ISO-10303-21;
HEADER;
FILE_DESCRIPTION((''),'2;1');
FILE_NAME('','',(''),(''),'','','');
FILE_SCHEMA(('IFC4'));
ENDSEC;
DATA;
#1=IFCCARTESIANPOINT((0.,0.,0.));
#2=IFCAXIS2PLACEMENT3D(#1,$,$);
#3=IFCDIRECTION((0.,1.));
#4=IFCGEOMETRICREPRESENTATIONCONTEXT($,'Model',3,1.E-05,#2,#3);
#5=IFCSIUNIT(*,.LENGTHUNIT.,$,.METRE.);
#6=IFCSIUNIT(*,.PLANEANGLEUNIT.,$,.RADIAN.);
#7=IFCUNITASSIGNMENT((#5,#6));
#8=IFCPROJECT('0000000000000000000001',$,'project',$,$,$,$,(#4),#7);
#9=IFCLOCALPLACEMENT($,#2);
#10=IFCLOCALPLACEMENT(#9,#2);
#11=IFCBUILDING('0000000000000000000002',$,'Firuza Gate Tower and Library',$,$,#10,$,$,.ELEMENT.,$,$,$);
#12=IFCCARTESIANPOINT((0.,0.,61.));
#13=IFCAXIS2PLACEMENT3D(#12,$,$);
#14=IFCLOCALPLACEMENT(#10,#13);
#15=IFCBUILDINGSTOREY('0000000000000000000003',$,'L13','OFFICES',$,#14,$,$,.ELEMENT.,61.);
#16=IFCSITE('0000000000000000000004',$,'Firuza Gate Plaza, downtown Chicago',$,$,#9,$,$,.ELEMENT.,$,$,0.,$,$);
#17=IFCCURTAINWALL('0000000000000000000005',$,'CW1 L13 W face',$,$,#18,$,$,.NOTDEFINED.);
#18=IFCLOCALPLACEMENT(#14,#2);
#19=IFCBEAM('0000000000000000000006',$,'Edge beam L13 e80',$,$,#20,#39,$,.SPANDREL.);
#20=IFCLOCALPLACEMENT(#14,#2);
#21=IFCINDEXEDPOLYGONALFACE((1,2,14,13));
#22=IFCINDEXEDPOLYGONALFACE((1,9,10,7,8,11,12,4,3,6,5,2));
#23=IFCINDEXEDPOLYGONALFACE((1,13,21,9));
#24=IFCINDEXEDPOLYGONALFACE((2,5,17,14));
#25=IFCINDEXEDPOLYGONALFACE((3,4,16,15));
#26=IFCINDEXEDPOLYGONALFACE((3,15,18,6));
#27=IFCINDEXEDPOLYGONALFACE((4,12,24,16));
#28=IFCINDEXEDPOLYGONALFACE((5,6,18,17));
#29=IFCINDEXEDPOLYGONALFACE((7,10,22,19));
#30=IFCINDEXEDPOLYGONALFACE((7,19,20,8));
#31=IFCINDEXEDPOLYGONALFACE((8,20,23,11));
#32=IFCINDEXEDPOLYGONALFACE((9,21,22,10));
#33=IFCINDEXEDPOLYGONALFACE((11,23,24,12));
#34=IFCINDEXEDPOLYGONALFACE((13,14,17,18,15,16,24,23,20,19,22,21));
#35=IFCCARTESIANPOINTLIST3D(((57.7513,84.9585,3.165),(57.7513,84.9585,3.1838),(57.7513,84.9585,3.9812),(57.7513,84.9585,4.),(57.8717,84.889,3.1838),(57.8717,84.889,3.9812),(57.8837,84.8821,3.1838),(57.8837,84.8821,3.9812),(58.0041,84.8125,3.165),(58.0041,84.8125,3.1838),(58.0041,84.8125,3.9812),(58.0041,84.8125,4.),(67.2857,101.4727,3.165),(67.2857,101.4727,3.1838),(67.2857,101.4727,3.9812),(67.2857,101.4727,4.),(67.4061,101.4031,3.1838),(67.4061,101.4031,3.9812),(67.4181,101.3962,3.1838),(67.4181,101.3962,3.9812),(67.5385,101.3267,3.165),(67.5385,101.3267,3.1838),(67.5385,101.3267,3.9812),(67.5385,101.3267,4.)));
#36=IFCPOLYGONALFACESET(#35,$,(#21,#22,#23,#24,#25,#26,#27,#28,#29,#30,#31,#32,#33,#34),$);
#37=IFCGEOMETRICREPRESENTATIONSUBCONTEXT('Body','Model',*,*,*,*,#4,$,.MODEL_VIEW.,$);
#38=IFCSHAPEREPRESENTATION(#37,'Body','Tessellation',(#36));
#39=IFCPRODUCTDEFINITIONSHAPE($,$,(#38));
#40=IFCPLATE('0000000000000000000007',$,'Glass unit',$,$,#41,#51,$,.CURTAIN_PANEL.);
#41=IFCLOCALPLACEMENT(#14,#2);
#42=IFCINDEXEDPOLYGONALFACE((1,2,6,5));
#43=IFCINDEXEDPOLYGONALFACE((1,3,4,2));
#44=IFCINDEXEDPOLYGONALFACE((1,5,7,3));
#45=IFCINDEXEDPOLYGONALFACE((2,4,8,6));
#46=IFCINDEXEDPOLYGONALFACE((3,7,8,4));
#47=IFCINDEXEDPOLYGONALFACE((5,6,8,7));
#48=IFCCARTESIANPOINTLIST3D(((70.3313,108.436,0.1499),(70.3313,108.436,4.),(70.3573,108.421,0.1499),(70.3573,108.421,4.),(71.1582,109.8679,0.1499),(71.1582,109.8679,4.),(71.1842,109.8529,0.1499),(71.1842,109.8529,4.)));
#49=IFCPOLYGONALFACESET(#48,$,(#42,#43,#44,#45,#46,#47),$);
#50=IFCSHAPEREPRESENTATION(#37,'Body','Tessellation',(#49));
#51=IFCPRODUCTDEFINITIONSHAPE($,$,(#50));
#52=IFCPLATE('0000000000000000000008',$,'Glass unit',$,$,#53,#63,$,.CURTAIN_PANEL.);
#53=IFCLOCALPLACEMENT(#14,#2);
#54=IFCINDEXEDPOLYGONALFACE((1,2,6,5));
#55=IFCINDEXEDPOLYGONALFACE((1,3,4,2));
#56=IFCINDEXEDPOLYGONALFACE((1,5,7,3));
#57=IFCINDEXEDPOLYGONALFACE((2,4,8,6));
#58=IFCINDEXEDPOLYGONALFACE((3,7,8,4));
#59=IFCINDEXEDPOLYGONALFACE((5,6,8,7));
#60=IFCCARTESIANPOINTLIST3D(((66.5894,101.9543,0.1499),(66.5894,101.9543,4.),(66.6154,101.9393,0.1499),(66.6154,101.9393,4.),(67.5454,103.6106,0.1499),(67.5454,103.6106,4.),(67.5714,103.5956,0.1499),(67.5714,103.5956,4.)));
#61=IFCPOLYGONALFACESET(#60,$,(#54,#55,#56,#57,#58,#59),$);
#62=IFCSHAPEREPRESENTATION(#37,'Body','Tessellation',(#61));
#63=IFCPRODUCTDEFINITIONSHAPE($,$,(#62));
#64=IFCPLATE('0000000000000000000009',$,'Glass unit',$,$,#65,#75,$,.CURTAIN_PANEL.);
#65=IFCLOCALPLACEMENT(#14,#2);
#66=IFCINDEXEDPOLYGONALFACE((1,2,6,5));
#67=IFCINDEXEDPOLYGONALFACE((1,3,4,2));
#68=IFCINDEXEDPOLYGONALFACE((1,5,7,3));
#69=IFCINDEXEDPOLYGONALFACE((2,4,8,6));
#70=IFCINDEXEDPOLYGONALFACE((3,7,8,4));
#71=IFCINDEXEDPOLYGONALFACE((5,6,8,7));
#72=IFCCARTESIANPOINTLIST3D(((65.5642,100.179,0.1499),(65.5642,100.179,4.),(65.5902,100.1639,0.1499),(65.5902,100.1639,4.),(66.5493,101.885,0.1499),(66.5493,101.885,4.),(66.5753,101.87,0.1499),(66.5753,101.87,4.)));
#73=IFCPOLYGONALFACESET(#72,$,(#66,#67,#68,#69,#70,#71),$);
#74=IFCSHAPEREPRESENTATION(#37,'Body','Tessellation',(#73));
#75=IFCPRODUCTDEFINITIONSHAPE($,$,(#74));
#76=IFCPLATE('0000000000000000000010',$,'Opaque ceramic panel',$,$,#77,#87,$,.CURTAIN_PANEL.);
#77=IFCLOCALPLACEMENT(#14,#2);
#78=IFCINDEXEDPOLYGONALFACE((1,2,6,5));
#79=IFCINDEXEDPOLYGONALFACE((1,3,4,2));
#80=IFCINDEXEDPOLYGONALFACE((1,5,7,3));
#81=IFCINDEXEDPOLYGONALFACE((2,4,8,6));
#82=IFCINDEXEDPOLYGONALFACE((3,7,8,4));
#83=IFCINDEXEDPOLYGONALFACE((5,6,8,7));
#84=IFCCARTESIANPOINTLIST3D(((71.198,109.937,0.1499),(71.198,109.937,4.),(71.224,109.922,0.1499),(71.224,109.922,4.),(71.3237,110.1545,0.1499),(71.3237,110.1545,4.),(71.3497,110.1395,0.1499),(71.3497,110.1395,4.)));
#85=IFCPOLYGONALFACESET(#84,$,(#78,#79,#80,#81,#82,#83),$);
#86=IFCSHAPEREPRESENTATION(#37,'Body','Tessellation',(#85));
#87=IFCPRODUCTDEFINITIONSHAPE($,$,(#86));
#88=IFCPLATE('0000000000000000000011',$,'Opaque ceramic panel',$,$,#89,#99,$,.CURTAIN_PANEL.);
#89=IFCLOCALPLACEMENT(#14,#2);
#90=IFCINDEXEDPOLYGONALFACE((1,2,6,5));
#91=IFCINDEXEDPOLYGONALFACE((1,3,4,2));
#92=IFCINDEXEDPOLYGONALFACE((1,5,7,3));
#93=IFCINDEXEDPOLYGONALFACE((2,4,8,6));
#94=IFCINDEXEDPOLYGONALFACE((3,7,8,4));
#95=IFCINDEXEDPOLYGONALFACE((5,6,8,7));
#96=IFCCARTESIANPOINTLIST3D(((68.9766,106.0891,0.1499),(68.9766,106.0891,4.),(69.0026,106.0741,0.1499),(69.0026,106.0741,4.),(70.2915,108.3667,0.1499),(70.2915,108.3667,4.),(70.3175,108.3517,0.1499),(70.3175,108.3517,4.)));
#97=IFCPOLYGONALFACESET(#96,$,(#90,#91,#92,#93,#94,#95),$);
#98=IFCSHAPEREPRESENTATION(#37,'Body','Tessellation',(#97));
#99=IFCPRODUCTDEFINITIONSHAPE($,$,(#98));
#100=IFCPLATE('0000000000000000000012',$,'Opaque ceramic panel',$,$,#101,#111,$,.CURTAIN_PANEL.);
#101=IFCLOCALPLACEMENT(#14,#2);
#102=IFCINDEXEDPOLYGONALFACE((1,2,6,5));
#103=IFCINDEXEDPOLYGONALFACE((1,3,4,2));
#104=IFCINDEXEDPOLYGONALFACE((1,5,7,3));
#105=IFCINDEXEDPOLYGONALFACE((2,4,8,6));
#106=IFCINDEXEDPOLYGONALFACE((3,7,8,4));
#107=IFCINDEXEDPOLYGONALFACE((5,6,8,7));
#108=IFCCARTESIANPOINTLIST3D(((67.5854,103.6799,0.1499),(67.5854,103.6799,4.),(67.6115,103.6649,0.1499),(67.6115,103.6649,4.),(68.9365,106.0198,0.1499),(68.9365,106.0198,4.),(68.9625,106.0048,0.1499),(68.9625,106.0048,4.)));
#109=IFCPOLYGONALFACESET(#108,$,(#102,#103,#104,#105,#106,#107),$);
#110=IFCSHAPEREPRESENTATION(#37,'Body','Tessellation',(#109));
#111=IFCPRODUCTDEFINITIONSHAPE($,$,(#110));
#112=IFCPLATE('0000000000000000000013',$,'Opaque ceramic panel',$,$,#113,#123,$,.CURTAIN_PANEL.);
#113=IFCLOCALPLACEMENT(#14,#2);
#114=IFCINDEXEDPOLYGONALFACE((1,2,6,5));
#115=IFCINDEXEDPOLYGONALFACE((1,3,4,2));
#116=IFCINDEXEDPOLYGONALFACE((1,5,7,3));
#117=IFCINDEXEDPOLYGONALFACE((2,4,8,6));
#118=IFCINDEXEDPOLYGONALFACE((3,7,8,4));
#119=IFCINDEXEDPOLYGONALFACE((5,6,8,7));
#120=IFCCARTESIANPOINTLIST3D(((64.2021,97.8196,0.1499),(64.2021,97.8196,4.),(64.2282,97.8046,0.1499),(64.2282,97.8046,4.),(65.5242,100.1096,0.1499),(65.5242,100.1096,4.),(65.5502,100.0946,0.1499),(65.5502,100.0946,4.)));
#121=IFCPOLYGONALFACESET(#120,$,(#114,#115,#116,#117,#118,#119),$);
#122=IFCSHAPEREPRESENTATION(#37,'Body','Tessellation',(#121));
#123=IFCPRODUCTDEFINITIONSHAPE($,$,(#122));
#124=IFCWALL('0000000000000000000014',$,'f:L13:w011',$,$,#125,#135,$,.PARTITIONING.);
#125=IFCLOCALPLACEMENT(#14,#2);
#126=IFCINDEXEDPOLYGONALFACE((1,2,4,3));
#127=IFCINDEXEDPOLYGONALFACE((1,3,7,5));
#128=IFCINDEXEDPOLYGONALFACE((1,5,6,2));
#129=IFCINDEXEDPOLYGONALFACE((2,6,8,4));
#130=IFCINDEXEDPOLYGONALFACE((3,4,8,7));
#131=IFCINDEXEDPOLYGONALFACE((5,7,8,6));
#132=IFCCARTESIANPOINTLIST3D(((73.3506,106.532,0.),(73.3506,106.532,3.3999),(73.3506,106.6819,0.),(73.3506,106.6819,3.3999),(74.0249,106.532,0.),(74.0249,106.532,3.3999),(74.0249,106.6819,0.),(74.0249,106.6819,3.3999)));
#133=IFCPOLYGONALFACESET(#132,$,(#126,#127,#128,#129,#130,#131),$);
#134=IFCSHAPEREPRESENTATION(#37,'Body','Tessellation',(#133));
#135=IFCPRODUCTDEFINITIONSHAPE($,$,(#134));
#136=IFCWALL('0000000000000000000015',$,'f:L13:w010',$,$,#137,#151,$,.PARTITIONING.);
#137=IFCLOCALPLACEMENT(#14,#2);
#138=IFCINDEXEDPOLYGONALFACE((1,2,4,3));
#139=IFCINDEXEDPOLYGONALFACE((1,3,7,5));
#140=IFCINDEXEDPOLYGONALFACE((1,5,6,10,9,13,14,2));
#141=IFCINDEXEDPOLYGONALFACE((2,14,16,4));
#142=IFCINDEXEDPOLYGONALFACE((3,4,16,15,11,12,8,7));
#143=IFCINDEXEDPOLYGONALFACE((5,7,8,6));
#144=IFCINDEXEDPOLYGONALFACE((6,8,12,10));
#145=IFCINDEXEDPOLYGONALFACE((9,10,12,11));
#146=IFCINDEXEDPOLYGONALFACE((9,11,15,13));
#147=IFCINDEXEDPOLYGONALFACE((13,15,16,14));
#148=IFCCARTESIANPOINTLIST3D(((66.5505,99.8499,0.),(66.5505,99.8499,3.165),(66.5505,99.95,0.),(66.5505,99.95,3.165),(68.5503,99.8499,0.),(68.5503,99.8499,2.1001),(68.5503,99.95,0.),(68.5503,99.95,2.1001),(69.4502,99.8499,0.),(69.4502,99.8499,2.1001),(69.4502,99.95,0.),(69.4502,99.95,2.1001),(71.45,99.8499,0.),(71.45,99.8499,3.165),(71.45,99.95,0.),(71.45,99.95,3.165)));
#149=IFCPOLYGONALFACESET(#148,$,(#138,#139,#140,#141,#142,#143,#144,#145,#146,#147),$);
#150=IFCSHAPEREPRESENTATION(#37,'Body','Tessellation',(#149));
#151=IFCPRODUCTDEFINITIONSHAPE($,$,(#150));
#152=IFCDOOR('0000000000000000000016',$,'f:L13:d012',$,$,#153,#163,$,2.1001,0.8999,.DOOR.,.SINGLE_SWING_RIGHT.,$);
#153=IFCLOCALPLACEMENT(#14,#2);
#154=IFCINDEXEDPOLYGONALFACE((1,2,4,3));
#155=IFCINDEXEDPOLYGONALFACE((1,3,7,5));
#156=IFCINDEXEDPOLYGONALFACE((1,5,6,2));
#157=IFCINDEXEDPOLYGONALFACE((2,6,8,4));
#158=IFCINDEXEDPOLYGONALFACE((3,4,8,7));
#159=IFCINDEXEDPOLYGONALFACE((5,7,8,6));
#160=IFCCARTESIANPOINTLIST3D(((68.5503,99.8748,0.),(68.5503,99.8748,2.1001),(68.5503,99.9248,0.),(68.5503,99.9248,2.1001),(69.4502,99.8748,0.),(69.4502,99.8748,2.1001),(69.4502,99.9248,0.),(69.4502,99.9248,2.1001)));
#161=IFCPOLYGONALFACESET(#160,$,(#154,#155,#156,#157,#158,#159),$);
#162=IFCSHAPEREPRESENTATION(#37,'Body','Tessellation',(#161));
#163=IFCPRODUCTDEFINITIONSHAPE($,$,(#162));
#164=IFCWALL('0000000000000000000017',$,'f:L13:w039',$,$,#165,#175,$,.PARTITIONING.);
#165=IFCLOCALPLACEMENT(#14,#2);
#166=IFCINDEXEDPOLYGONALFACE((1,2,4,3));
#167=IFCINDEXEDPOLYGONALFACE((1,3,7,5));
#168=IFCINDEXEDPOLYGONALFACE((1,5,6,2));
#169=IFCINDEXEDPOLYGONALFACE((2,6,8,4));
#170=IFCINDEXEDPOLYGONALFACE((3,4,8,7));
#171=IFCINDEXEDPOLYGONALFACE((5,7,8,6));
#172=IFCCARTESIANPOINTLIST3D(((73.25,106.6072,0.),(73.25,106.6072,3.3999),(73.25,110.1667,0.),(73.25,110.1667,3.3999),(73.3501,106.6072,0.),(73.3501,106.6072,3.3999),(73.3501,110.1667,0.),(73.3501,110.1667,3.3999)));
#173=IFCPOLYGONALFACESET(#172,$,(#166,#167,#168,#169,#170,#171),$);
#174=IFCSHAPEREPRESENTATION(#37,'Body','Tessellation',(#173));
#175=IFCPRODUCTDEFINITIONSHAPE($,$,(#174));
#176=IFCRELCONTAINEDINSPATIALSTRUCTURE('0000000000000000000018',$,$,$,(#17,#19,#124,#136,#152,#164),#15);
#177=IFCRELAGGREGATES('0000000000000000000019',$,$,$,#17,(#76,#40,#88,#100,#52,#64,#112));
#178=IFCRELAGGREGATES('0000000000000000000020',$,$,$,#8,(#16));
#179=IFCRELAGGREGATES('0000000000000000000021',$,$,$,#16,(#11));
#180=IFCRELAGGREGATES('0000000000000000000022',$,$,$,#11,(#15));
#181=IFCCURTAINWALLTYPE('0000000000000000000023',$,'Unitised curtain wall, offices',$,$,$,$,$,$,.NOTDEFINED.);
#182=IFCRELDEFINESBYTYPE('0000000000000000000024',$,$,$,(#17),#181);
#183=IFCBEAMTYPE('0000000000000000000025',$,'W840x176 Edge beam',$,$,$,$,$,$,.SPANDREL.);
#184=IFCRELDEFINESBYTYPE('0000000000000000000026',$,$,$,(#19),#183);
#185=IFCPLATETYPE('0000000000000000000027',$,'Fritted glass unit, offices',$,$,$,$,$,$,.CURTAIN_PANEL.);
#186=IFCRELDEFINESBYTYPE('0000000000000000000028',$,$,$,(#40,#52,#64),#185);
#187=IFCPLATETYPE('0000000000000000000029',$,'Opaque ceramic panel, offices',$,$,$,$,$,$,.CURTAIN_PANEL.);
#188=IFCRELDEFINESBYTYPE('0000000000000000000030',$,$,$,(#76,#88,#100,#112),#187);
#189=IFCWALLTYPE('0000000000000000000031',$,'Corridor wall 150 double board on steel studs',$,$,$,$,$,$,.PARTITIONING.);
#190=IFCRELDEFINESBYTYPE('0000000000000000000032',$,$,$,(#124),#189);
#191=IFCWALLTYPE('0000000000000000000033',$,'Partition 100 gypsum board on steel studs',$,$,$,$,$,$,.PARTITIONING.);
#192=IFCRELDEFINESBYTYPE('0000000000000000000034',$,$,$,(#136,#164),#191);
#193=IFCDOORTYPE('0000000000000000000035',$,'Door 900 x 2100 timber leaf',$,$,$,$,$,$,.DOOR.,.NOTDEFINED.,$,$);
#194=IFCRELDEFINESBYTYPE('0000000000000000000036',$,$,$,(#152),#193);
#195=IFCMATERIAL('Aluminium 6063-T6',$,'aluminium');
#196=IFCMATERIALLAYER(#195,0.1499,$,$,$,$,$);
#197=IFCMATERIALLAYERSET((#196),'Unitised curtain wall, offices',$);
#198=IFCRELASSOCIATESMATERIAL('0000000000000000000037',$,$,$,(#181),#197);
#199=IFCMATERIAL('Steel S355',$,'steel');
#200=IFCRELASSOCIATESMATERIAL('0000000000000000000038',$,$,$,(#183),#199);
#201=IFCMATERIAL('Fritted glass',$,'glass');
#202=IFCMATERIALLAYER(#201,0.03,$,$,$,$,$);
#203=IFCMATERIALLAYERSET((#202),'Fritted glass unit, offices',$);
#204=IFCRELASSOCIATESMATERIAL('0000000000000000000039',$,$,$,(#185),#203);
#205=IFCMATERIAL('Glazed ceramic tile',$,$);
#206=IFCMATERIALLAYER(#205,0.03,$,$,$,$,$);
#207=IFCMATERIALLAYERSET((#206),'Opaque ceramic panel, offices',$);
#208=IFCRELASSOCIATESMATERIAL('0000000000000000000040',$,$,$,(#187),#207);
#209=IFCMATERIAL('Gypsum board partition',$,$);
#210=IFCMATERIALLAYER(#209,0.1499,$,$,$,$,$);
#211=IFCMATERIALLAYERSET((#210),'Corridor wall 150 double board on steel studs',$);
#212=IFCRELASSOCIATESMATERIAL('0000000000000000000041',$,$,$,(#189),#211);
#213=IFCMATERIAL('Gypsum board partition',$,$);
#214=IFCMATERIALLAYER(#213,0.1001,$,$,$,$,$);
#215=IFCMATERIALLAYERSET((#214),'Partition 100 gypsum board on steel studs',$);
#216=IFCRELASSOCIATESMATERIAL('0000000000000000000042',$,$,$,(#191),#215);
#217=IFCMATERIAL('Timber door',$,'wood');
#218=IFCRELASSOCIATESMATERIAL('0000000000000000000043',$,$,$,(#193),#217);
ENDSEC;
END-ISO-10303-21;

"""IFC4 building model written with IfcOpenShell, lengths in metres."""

from ifc_helpers import new_model, si_unit, direction, frame, frame_2d, origin, origin_2d, place, context, subcontext, project, spatial, polyline, rectangle, i_section, outline, extrude, material, layer, layer_set, material_profile, profile_set, type_object, element, fill, aggregate, save


model = new_model("IFC4")

# Units and contexts
model_context = context("Model", 3, precision=1e-05, world=origin(), true_north=direction((0.0, 1.0)))
body_context = subcontext(model_context, "Body", "Model", "MODEL_VIEW")
ifc_project = project(units=[si_unit("LENGTHUNIT", "METRE"), si_unit("PLANEANGLEUNIT", "RADIAN")], contexts=[model_context])

# Site, building, storey
site_placement = place(None, origin())
site = spatial("IfcSite", under=ifc_project, at=site_placement, Name="Firuza Gate Plaza, downtown Chicago", CompositionType="ELEMENT", RefElevation=0.0)
building_placement = place(site_placement, origin())
building = spatial("IfcBuilding", under=site, at=building_placement, Name="Firuza Gate Tower and Library", CompositionType="ELEMENT")
storey_placement = place(building_placement, frame((0.0, 0.0, 61.0)))
storey = spatial("IfcBuildingStorey", under=building, at=storey_placement, Name="L13", Description="OFFICES", CompositionType="ELEMENT", Elevation=61.0)

# Curtain wall
ifc_material_1 = material(Name="Aluminium 6063-T6", Category="aluminium")
ifc_layer_1 = layer(ifc_material_1, 0.1499)
ifc_layer_set_1 = layer_set([ifc_layer_1], Name="Unitised curtain wall, offices")
curtain_wall_type = type_object("IfcCurtainWallType", Name="Unitised curtain wall, offices", PredefinedType="NOTDEFINED", material=ifc_layer_set_1)
curtain_wall_placement = place(storey_placement, origin())
curtain_wall = element("IfcCurtainWall", 1, at=curtain_wall_placement, inside=storey, type_object=curtain_wall_type, Name="CW1 L13 W face", PredefinedType="NOTDEFINED")

# Beam
ifc_material_2 = material(Name="Steel S355", Category="steel")
ifc_material_profile_1 = material_profile(ifc_material_2, i_section(OverallWidth=0.292, OverallDepth=0.835, WebThickness=0.0139, FlangeThickness=0.0188, at=origin_2d()))
ifc_profile_set_1 = profile_set([ifc_material_profile_1], Name="Steel S355")
beam_type_1 = type_object("IfcBeamType", Name="W840x176 Edge beam", PredefinedType="SPANDREL", material=ifc_profile_set_1)
beam_1_placement = place(storey_placement, frame((67.4121, 101.3997, 3.5825), z_axis=(-0.499999, -0.866026, 0.0), x_axis=(0.866026, -0.499999, 0.0)))
element("IfcBeam", 2, at=beam_1_placement, inside=storey, type_object=beam_type_1, Name="Edge beam L13 e80", PredefinedType="SPANDREL", context=body_context, shape_type="SweptSolid", body=[
    extrude(i_section(OverallWidth=0.292, OverallDepth=0.835, WebThickness=0.0139, FlangeThickness=0.0188, at=origin_2d()), origin(), (0.0, 0.0, 1.0), 19.0688),
])

# Plates
ifc_material_3 = material(Name="Fritted glass", Category="glass")
ifc_layer_2 = layer(ifc_material_3, 0.03)
ifc_layer_set_2 = layer_set([ifc_layer_2], Name="Fritted glass unit, offices")
plate_type_1 = type_object("IfcPlateType", Name="Fritted glass unit, offices", PredefinedType="CURTAIN_PANEL", material=ifc_layer_set_2)
plate_1_placement = place(storey_placement, frame((71.1582, 109.8679, 0.1499), z_axis=(-0.865972, 0.500093, 0.0), x_axis=(-0.500093, -0.865972, 0.0)))
plate_1 = element("IfcPlate", 3, at=plate_1_placement, type_object=plate_type_1, Name="Glass unit", PredefinedType="CURTAIN_PANEL", context=body_context, shape_type="SweptSolid", body=[
    extrude(outline(polyline([(0.0, 0.0), (1.6535, 0.0), (1.6535, 3.8501), (0.0, 3.8501), (0.0, 0.0)])), origin(), (0.0, 0.0, -1.0), 0.03),
])
plate_2_placement = place(storey_placement, frame((67.5454, 103.6106, 0.1499), z_axis=(-0.866067, 0.499929, 0.0), x_axis=(-0.499929, -0.866067, 0.0)))
plate_2 = element("IfcPlate", 4, at=plate_2_placement, type_object=plate_type_1, Name="Glass unit", PredefinedType="CURTAIN_PANEL", context=body_context, shape_type="SweptSolid", body=[
    extrude(outline(polyline([(0.0, 0.0), (1.9124, 0.0), (1.9124, 3.8501), (0.0, 3.8501), (0.0, 0.0)])), origin(), (0.0, 0.0, -1.0), 0.03),
])
plate_3_placement = place(storey_placement, frame((66.5493, 101.885, 0.1499), z_axis=(-0.866, 0.500044, 0.0), x_axis=(-0.500044, -0.866, 0.0)))
plate_3 = element("IfcPlate", 5, at=plate_3_placement, type_object=plate_type_1, Name="Glass unit", PredefinedType="CURTAIN_PANEL", context=body_context, shape_type="SweptSolid", body=[
    extrude(outline(polyline([(0.0, 0.0), (1.97, 0.0), (1.97, 3.8501), (0.0, 3.8501), (0.0, 0.0)])), origin(), (0.0, 0.0, -1.0), 0.03),
])
ifc_material_4 = material(Name="Glazed ceramic tile")
ifc_layer_3 = layer(ifc_material_4, 0.03)
ifc_layer_set_3 = layer_set([ifc_layer_3], Name="Opaque ceramic panel, offices")
plate_type_2 = type_object("IfcPlateType", Name="Opaque ceramic panel, offices", PredefinedType="CURTAIN_PANEL", material=ifc_layer_set_3)
plate_4_placement = place(storey_placement, frame((71.3237, 110.1545, 0.1499), z_axis=(-0.865781, 0.500423, 0.0), x_axis=(-0.500423, -0.865781, 0.0)))
plate_4 = element("IfcPlate", 6, at=plate_4_placement, type_object=plate_type_2, Name="Opaque ceramic panel", PredefinedType="CURTAIN_PANEL", context=body_context, shape_type="SweptSolid", body=[
    extrude(outline(polyline([(0.0, 0.0), (0.2513, 0.0), (0.2513, 3.8501), (0.0, 3.8501), (0.0, 0.0)])), origin(), (0.0, 0.0, -1.0), 0.03),
])
plate_5_placement = place(storey_placement, frame((70.2915, 108.3667, 0.1499), z_axis=(-0.866029, 0.499993, 0.0), x_axis=(-0.499993, -0.866029, 0.0)))
plate_5 = element("IfcPlate", 7, at=plate_5_placement, type_object=plate_type_2, Name="Opaque ceramic panel", PredefinedType="CURTAIN_PANEL", context=body_context, shape_type="SweptSolid", body=[
    extrude(outline(polyline([(0.0, 0.0), (2.6299, 0.0), (2.6299, 3.8501), (0.0, 3.8501), (0.0, 0.0)])), origin(), (0.0, 0.0, -1.0), 0.03),
])
plate_6_placement = place(storey_placement, frame((68.9365, 106.0198, 0.1499), z_axis=(-0.865999, 0.500046, 0.0), x_axis=(-0.500046, -0.865999, 0.0)))
plate_6 = element("IfcPlate", 8, at=plate_6_placement, type_object=plate_type_2, Name="Opaque ceramic panel", PredefinedType="CURTAIN_PANEL", context=body_context, shape_type="SweptSolid", body=[
    extrude(outline(polyline([(0.0, 0.0), (2.7019, 0.0), (2.7019, 3.8501), (0.0, 3.8501), (0.0, 0.0)])), origin(), (0.0, 0.0, -1.0), 0.03),
])
plate_7_placement = place(storey_placement, frame((65.5242, 100.1096, 0.1499), z_axis=(-0.866047, 0.499962, 0.0), x_axis=(-0.499962, -0.866047, 0.0)))
plate_7 = element("IfcPlate", 9, at=plate_7_placement, type_object=plate_type_2, Name="Opaque ceramic panel", PredefinedType="CURTAIN_PANEL", context=body_context, shape_type="SweptSolid", body=[
    extrude(outline(polyline([(0.0, 0.0), (2.6442, 0.0), (2.6442, 3.8501), (0.0, 3.8501), (0.0, 0.0)])), origin(), (0.0, 0.0, -1.0), 0.03),
])
aggregate(curtain_wall, [plate_4, plate_1, plate_5, plate_6, plate_2, plate_3, plate_7])

# Wall
ifc_material_5 = material(Name="Gypsum board partition")
ifc_layer_4 = layer(ifc_material_5, 0.1499)
ifc_layer_set_4 = layer_set([ifc_layer_4], Name="Corridor wall 150 double board on steel studs")
wall_type_1 = type_object("IfcWallType", Name="Corridor wall 150 double board on steel studs", PredefinedType="PARTITIONING", material=ifc_layer_set_4)
wall_1_placement = place(storey_placement, frame((73.3506, 106.6069, 0.0), z_axis=(0.0, 0.0, 1.0), x_axis=(1.0, 0.0, 0.0)))
element("IfcWall", 10, at=wall_1_placement, inside=storey, type_object=wall_type_1, Name="f:L13:w011", PredefinedType="PARTITIONING", context=body_context, shape_type="SweptSolid", body=[
    extrude(rectangle(XDim=0.6743, YDim=0.1499, at=frame_2d((0.3372, 0.0))), origin(), (0.0, 0.0, 1.0), 3.3999),
])

# Wall, opening, door
ifc_material_6 = material(Name="Gypsum board partition")
ifc_layer_5 = layer(ifc_material_6, 0.1001)
ifc_layer_set_5 = layer_set([ifc_layer_5], Name="Partition 100 gypsum board on steel studs")
wall_type_2 = type_object("IfcWallType", Name="Partition 100 gypsum board on steel studs", PredefinedType="PARTITIONING", material=ifc_layer_set_5)
wall_2_placement = place(storey_placement, frame((66.5505, 99.8999, 0.0), z_axis=(0.0, 0.0, 1.0), x_axis=(1.0, 0.0, 0.0)))
wall_2 = element("IfcWall", 11, at=wall_2_placement, inside=storey, type_object=wall_type_2, Name="f:L13:w010", PredefinedType="PARTITIONING", context=body_context, shape_type="SweptSolid", body=[
    extrude(rectangle(XDim=4.8994, YDim=0.1001, at=frame_2d((2.4497, 0.0))), origin(), (0.0, 0.0, 1.0), 3.165),
])
opening_1_placement = place(wall_2_placement, frame((1.9998, 0.0, 0.0)))
opening_1 = element("IfcOpeningElement", 12, at=opening_1_placement, cuts=wall_2, PredefinedType="OPENING", context=body_context, shape_type="SweptSolid", body=[
    extrude(rectangle(XDim=0.8999, YDim=2.1001, at=frame_2d((0.45, 1.05))), frame((0.0, 0.0601, 0.0), z_axis=(0.0, -1.0, 0.0), x_axis=(1.0, 0.0, 0.0)), (0.0, 0.0, 1.0), 0.1201),
])
ifc_material_7 = material(Name="Timber door", Category="wood")
door_type = type_object("IfcDoorType", Name="Door 900 x 2100 timber leaf", OperationType="NOTDEFINED", PredefinedType="DOOR", material=ifc_material_7)
door_1_placement = place(opening_1_placement, origin())
door_1 = element("IfcDoor", 13, at=door_1_placement, inside=storey, type_object=door_type, Name="f:L13:d012", OperationType="SINGLE_SWING_RIGHT", OverallHeight=2.1001, OverallWidth=0.8999, PredefinedType="DOOR", context=body_context, shape_type="SweptSolid", body=[
    extrude(rectangle(XDim=0.8999, YDim=2.1001, at=frame_2d((0.45, 1.05))), frame((0.0, 0.0249, 0.0), z_axis=(0.0, -1.0, 0.0), x_axis=(1.0, 0.0, 0.0)), (0.0, 0.0, 1.0), 0.05),
])
fill(opening_1, door_1)

# Wall
wall_3_placement = place(storey_placement, frame((73.3, 106.6072, 0.0), z_axis=(0.0, 0.0, 1.0), x_axis=(0.0, 1.0, 0.0)))
element("IfcWall", 14, at=wall_3_placement, inside=storey, type_object=wall_type_2, Name="f:L13:w039", PredefinedType="PARTITIONING", context=body_context, shape_type="SweptSolid", body=[
    extrude(rectangle(XDim=3.5596, YDim=0.1001, at=frame_2d((1.7798, 0.0))), origin(), (0.0, 0.0, 1.0), 3.3999),
])

save(model, "model.ifc")
